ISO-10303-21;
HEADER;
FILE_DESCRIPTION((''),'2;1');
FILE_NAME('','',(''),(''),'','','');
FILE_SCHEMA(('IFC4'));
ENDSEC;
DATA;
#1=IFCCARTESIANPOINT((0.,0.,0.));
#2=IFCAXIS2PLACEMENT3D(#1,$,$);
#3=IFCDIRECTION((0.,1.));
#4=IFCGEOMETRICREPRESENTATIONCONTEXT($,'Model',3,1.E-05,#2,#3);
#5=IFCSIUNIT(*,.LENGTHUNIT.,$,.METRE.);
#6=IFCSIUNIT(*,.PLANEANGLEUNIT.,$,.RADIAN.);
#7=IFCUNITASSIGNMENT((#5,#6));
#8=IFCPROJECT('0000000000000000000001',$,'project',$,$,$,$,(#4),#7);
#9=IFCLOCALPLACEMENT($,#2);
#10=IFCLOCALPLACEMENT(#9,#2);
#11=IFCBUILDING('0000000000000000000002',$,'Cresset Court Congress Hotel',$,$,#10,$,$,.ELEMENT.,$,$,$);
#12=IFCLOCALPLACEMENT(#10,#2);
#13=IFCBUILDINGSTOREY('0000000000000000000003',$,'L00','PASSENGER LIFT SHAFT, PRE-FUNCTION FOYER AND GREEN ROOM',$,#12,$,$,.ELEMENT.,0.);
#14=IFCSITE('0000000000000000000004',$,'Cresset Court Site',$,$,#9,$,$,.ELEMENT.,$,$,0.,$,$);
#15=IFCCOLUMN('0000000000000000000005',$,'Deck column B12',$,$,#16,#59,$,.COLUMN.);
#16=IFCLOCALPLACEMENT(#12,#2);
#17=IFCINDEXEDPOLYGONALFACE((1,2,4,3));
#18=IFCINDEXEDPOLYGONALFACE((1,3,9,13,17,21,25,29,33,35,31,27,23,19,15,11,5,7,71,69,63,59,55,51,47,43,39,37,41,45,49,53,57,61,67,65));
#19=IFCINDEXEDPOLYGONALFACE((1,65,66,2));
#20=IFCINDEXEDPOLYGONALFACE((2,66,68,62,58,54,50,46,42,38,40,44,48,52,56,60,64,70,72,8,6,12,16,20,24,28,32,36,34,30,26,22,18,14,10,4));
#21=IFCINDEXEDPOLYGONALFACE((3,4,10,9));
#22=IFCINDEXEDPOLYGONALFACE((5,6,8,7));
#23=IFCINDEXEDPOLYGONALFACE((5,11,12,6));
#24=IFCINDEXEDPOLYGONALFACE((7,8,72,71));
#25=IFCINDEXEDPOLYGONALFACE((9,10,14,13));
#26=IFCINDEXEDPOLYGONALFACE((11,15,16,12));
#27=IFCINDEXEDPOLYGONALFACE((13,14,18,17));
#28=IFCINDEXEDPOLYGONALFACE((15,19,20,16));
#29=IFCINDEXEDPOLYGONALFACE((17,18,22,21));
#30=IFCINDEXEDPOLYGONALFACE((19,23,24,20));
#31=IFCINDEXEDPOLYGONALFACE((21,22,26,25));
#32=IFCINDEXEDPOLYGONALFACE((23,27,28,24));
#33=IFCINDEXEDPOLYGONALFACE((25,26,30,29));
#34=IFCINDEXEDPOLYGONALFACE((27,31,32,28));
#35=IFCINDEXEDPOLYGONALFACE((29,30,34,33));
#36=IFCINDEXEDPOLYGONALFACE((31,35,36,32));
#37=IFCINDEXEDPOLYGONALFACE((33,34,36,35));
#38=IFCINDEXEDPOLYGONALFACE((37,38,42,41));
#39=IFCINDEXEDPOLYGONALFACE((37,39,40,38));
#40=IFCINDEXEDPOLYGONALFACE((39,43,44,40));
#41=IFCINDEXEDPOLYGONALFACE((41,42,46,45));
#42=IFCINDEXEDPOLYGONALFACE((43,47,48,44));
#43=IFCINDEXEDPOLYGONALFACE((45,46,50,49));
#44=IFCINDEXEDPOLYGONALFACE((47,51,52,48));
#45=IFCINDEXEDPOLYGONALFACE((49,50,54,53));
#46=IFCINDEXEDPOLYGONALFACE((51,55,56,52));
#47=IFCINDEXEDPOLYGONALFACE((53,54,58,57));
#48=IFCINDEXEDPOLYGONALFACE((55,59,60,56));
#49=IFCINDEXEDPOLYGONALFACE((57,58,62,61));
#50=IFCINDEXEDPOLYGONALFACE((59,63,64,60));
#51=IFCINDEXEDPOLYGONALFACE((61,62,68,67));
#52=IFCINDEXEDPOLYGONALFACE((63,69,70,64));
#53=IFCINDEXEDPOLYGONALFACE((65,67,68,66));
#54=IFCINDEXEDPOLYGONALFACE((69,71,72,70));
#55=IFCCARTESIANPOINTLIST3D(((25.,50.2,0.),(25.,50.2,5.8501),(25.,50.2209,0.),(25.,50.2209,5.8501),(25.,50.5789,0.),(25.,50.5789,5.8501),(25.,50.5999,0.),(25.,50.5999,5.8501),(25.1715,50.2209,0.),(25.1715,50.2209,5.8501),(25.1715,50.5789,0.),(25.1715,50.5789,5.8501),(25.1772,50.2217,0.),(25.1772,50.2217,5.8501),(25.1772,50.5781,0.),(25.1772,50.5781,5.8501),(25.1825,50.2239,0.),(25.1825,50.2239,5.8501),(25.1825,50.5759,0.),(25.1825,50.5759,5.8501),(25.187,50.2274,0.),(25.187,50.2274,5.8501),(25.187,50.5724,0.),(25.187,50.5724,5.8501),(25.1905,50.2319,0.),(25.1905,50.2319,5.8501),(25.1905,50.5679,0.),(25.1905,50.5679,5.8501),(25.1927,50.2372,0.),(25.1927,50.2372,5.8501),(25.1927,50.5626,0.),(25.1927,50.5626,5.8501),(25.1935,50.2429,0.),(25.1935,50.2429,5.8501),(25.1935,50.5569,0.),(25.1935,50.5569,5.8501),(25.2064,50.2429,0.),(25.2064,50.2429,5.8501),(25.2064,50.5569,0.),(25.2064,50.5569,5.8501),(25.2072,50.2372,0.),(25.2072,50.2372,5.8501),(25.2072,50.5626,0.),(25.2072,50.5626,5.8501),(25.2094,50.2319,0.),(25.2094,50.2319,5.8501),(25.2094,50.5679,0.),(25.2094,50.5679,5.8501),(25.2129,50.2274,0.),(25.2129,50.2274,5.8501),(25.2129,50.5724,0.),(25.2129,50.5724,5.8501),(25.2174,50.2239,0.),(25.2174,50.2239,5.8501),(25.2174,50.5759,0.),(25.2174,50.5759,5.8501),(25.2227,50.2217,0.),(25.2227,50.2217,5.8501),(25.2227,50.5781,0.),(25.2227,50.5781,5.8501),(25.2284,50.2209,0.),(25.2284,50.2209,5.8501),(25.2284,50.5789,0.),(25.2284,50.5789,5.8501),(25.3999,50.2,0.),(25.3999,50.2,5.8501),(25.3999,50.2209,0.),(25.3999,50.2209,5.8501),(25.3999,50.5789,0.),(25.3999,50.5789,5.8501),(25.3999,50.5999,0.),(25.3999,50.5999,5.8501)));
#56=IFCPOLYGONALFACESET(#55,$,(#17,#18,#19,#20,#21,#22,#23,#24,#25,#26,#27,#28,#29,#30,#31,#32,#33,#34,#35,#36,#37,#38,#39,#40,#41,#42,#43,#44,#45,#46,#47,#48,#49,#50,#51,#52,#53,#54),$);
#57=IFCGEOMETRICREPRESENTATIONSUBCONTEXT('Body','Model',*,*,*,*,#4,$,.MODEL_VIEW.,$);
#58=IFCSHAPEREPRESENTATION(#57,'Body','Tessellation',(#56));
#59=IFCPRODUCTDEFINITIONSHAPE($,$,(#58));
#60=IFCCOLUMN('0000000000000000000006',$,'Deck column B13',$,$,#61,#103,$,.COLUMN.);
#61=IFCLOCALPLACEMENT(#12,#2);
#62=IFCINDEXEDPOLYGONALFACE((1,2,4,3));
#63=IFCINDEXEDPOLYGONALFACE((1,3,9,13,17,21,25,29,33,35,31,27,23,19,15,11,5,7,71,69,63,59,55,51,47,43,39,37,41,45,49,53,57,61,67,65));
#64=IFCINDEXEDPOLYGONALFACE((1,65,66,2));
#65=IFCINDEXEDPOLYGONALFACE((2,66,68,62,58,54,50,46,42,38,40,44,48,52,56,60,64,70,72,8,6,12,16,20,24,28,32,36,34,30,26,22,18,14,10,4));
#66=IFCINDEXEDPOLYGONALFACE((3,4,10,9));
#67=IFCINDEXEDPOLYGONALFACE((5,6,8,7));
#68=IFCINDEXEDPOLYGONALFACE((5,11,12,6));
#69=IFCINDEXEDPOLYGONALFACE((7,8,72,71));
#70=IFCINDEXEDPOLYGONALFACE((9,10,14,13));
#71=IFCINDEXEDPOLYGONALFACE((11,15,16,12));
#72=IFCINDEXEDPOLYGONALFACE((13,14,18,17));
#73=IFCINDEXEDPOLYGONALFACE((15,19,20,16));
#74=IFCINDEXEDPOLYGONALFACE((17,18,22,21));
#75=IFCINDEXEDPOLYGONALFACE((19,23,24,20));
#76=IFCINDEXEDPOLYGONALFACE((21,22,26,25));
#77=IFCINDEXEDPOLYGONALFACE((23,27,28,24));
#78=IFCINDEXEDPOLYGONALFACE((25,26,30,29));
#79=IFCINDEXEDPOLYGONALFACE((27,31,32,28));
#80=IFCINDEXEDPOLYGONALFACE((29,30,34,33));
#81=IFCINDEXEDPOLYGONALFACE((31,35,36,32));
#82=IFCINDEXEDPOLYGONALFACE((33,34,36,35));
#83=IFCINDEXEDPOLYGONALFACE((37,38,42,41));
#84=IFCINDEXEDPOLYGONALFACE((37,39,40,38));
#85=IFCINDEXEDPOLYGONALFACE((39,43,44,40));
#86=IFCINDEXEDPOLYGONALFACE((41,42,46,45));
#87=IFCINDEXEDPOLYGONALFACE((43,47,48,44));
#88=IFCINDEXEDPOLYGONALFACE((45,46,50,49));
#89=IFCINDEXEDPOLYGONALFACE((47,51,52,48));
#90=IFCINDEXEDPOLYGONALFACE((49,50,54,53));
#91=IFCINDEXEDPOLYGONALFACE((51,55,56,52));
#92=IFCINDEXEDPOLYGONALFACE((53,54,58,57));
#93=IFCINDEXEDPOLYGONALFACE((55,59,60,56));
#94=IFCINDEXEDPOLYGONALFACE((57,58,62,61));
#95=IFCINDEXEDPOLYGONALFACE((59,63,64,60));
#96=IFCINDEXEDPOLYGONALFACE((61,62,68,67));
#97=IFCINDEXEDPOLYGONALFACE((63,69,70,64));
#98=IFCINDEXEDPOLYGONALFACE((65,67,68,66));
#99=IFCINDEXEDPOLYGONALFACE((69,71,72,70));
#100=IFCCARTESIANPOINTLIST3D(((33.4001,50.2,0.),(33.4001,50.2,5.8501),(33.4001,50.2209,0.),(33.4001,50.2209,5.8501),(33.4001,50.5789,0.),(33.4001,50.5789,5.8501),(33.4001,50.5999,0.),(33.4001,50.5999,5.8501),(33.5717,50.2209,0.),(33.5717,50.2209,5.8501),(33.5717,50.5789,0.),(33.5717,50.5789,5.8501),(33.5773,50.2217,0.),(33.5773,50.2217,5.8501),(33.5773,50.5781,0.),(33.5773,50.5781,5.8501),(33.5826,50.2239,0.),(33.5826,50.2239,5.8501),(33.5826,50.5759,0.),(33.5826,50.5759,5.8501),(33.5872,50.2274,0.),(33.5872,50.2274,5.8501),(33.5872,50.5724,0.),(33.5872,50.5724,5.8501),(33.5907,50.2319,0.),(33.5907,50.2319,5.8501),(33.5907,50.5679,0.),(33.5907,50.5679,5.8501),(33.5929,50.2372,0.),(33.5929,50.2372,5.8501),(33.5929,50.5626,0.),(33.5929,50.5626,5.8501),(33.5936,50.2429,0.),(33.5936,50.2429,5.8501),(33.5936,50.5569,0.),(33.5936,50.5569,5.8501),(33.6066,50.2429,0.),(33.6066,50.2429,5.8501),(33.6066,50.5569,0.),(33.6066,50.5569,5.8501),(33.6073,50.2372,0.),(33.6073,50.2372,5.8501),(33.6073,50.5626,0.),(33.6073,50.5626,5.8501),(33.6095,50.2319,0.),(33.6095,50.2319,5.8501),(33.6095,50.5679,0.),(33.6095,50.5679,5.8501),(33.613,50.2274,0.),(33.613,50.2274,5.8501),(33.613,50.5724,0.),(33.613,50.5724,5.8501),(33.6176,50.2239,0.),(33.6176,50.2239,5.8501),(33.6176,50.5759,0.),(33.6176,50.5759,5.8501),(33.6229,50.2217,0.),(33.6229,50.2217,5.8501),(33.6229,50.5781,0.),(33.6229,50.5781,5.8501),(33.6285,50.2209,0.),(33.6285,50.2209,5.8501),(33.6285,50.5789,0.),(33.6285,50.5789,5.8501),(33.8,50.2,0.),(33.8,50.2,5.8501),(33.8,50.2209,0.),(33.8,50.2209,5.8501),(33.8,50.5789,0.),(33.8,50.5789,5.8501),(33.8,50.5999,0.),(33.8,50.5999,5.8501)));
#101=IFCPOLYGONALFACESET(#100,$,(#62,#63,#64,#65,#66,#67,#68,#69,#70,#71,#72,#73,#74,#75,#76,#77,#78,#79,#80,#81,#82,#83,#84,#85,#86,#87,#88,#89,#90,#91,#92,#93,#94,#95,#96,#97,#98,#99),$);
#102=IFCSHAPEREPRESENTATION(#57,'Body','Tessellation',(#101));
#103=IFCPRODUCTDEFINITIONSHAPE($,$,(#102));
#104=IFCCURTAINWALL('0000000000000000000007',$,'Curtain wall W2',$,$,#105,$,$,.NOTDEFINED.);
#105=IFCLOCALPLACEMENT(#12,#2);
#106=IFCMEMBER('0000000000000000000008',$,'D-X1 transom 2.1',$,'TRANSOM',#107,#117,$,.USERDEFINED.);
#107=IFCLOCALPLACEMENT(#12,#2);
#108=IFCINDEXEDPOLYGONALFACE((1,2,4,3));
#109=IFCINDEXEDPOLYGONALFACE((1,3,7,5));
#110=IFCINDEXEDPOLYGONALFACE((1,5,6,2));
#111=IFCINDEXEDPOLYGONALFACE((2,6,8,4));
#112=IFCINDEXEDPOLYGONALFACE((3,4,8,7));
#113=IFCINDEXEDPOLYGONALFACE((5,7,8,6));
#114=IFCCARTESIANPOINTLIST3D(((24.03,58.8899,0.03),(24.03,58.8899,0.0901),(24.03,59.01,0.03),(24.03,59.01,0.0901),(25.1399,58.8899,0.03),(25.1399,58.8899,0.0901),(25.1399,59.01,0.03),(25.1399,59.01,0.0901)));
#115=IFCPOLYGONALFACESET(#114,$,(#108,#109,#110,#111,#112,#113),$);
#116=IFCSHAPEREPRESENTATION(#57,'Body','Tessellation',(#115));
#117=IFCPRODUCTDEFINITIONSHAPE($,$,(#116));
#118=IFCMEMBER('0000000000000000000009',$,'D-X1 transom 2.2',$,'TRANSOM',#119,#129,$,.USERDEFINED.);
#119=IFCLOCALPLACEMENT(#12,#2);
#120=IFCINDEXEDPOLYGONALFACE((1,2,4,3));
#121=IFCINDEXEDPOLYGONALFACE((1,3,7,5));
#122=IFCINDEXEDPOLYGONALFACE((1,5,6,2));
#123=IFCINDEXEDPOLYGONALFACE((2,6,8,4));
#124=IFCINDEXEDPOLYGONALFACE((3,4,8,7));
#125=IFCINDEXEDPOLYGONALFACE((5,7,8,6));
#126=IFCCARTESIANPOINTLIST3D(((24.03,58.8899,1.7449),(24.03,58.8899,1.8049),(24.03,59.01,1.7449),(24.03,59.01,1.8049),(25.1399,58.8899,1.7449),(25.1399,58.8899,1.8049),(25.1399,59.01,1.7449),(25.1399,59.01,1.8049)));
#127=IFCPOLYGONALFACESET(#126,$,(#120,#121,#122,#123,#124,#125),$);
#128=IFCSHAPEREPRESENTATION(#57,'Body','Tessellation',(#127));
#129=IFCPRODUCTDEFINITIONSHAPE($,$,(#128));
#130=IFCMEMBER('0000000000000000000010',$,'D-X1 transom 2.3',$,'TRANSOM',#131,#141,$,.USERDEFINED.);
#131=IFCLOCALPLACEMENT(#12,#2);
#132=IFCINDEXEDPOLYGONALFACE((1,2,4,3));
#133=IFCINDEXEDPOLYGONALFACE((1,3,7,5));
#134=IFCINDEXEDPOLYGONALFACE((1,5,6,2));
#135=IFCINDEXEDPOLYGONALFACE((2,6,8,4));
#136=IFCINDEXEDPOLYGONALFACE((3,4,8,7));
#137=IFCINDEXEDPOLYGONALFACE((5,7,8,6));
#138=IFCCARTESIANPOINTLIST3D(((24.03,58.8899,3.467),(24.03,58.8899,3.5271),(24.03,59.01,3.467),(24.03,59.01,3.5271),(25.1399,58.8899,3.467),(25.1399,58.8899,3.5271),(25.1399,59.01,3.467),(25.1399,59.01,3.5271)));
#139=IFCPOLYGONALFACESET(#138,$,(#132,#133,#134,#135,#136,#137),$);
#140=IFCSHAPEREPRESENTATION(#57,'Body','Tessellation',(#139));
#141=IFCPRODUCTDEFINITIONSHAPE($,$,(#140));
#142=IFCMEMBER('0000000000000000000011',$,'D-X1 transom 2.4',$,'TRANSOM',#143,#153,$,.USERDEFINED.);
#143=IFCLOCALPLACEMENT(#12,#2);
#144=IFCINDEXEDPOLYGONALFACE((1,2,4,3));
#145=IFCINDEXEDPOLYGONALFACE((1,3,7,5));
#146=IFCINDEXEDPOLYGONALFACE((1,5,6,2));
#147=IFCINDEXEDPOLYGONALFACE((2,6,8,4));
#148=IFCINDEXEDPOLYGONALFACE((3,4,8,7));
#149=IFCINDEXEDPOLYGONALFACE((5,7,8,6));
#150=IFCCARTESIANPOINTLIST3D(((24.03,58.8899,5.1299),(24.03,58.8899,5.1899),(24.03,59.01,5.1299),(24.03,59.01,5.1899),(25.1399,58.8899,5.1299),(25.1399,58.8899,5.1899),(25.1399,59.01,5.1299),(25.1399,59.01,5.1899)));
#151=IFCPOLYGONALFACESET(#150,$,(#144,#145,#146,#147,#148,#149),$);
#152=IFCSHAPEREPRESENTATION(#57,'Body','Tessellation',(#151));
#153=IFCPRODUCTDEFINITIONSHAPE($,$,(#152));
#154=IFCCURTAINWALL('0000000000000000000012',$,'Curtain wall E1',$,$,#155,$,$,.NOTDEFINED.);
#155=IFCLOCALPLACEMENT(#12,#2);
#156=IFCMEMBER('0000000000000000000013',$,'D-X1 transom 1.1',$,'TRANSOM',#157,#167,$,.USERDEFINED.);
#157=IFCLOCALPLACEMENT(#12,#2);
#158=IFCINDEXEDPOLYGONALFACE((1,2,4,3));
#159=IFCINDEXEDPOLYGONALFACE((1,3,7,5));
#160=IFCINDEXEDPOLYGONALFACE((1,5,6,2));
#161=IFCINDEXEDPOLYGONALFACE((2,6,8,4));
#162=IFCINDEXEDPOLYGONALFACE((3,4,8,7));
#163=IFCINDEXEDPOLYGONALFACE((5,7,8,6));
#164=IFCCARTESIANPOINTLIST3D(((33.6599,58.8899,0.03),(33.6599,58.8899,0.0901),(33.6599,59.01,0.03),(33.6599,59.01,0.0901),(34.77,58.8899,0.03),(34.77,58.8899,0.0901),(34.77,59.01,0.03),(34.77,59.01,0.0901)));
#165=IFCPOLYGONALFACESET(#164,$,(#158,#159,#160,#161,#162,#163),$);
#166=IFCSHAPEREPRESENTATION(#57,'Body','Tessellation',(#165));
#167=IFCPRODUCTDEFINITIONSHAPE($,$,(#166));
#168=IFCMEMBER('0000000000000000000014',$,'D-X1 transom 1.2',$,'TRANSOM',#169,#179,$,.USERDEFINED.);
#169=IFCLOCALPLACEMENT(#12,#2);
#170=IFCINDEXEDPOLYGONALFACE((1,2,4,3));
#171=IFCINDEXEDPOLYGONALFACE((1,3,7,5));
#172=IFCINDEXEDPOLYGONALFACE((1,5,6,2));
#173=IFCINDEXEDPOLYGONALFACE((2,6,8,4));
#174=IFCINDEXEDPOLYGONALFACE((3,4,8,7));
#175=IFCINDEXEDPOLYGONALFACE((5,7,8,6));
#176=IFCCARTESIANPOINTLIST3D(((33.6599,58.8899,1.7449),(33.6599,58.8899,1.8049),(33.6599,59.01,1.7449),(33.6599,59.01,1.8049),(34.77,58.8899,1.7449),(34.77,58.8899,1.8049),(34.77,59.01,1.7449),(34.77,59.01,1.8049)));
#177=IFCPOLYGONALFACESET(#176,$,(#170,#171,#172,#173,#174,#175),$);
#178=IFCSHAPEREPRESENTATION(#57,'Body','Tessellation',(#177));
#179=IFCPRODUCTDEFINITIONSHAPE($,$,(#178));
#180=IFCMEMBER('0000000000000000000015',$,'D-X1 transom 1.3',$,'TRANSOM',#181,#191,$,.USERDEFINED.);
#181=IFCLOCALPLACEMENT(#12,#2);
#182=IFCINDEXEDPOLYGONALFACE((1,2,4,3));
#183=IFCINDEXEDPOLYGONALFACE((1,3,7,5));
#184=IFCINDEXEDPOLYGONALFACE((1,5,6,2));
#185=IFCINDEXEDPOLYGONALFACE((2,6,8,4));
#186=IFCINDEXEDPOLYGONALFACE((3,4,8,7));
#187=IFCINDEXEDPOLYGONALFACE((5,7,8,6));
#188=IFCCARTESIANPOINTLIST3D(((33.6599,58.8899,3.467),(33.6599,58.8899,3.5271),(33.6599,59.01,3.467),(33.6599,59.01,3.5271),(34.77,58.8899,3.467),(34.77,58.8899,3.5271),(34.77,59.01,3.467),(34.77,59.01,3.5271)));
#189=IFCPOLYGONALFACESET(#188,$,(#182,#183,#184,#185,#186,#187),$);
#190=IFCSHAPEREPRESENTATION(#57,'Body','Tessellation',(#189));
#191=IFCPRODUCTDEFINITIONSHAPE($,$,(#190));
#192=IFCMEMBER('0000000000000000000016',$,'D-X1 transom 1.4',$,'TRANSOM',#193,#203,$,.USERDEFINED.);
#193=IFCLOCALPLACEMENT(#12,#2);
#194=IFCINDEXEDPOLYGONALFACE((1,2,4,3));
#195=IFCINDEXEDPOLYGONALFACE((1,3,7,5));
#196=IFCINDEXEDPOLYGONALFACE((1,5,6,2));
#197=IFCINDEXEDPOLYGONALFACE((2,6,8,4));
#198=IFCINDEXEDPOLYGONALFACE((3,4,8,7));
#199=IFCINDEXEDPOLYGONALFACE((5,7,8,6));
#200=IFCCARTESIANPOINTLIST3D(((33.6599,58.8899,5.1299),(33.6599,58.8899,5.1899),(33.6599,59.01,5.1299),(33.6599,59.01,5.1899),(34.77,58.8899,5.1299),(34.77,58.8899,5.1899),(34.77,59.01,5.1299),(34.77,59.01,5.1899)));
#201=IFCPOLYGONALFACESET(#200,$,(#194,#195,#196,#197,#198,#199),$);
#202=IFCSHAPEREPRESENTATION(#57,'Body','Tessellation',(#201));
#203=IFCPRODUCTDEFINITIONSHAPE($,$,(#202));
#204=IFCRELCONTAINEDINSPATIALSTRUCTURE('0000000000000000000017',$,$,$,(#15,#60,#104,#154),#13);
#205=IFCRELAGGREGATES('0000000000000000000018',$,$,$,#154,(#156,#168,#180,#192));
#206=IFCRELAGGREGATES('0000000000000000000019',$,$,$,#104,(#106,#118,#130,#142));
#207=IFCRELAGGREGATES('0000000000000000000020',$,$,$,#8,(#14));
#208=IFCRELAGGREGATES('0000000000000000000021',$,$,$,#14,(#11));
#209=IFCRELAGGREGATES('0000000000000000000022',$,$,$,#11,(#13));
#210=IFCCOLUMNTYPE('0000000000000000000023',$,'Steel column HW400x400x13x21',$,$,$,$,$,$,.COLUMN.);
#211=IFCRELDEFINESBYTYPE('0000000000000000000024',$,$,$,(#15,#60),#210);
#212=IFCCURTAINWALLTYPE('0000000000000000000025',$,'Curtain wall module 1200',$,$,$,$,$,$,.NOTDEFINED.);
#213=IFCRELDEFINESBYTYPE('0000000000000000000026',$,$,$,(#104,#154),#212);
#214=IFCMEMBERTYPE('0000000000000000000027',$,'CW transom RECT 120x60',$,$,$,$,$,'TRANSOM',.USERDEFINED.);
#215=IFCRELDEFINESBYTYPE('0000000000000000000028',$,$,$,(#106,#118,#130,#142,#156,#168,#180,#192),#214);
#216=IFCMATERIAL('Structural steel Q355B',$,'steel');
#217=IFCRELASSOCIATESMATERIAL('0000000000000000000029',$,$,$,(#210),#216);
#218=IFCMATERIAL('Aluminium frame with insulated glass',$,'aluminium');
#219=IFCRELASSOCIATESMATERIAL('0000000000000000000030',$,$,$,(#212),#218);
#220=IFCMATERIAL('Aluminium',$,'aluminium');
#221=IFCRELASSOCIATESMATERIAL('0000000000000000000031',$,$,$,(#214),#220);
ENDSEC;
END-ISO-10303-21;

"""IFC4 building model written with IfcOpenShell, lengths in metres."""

from ifc_helpers import new_model, si_unit, direction, frame, origin, origin_2d, place, context, subcontext, project, spatial, rectangle, i_section, extrude, material, material_profile, profile_set, type_object, element, aggregate, save


model = new_model("IFC4")

# Units and contexts
model_context = context("Model", 3, precision=1e-05, world=origin(), true_north=direction((0.0, 1.0)))
body_context = subcontext(model_context, "Body", "Model", "MODEL_VIEW")
ifc_project = project(units=[si_unit("LENGTHUNIT", "METRE"), si_unit("PLANEANGLEUNIT", "RADIAN")], contexts=[model_context])

# Site, building, storey
site_placement = place(None, origin())
site = spatial("IfcSite", under=ifc_project, at=site_placement, Name="Cresset Court Site", CompositionType="ELEMENT", RefElevation=0.0)
building_placement = place(site_placement, origin())
building = spatial("IfcBuilding", under=site, at=building_placement, Name="Cresset Court Congress Hotel", CompositionType="ELEMENT")
storey_placement = place(building_placement, origin())
storey = spatial("IfcBuildingStorey", under=building, at=storey_placement, Name="L00", Description="PASSENGER LIFT SHAFT, PRE-FUNCTION FOYER AND GREEN ROOM", CompositionType="ELEMENT", Elevation=0.0)

# Columns
ifc_material_1 = material(Name="Structural steel Q355B", Category="steel")
ifc_material_profile_1 = material_profile(ifc_material_1, i_section(OverallWidth=0.3999, OverallDepth=0.3999, WebThickness=0.0129, FlangeThickness=0.021, FilletRadius=0.022, at=origin_2d()), Name="HW400x400x13x21")
ifc_profile_set_1 = profile_set([ifc_material_profile_1], Name="Structural steel Q355B")
column_type_1 = type_object("IfcColumnType", Name="Steel column HW400x400x13x21", PredefinedType="COLUMN", material=ifc_profile_set_1)
for number, where, z_axis, x_axis, name in (
    (1, (25.2, 50.3999, 0.0), (0.0, 0.0, 1.0), (1.0, 0.0, 0.0), "Deck column B12"),
    (2, (33.6001, 50.3999, 0.0), (0.0, 0.0, 1.0), (1.0, 0.0, 0.0), "Deck column B13"),
):
    element("IfcColumn", number, at=place(storey_placement, frame(where, z_axis=z_axis, x_axis=x_axis)), inside=storey, type_object=column_type_1, Name=name, PredefinedType="COLUMN", context=body_context, shape_type="SweptSolid", body=[
        extrude(i_section(OverallWidth=0.3999, OverallDepth=0.3999, WebThickness=0.0129, FlangeThickness=0.021, FilletRadius=0.022, at=origin_2d()), origin(), (0.0, 0.0, 1.0), 5.8501),
    ])

# Curtain walls, members
ifc_material_2 = material(Name="Aluminium frame with insulated glass", Category="aluminium")
curtain_wall_type = type_object("IfcCurtainWallType", Name="Curtain wall module 1200", PredefinedType="NOTDEFINED", material=ifc_material_2)
curtain_wall_1_placement = place(storey_placement, origin())
curtain_wall_1 = element("IfcCurtainWall", 3, at=curtain_wall_1_placement, inside=storey, type_object=curtain_wall_type, Name="Curtain wall W2", PredefinedType="NOTDEFINED")
ifc_material_3 = material(Name="Aluminium", Category="aluminium")
ifc_material_profile_2 = material_profile(ifc_material_3, rectangle(XDim=0.1201, YDim=0.0601, at=origin_2d()), Name="AL 120x60")
ifc_profile_set_2 = profile_set([ifc_material_profile_2], Name="Aluminium")
member_type_1 = type_object("IfcMemberType", Name="CW transom RECT 120x60", ElementType="TRANSOM", PredefinedType="USERDEFINED", material=ifc_profile_set_2)
member_1_placement = place(storey_placement, frame((24.03, 58.95, 0.0601), z_axis=(1.0, 0.0, 0.0), x_axis=(0.0, 1.0, 0.0)))
member_1 = element("IfcMember", 4, at=member_1_placement, type_object=member_type_1, Name="D-X1 transom 2.1", ObjectType="TRANSOM", PredefinedType="USERDEFINED", context=body_context, shape_type="SweptSolid", body=[
    extrude(rectangle(XDim=0.1201, YDim=0.0601, at=origin_2d()), origin(), (0.0, 0.0, 1.0), 1.1099),
])
member_2_placement = place(storey_placement, frame((24.03, 58.95, 1.7749), z_axis=(1.0, 0.0, 0.0), x_axis=(0.0, 1.0, 0.0)))
member_2 = element("IfcMember", 5, at=member_2_placement, type_object=member_type_1, Name="D-X1 transom 2.2", ObjectType="TRANSOM", PredefinedType="USERDEFINED", context=body_context, shape_type="SweptSolid", body=[
    extrude(rectangle(XDim=0.1201, YDim=0.0601, at=origin_2d()), origin(), (0.0, 0.0, 1.0), 1.1099),
])
member_3_placement = place(storey_placement, frame((24.03, 58.95, 3.4971), z_axis=(1.0, 0.0, 0.0), x_axis=(0.0, 1.0, 0.0)))
member_3 = element("IfcMember", 6, at=member_3_placement, type_object=member_type_1, Name="D-X1 transom 2.3", ObjectType="TRANSOM", PredefinedType="USERDEFINED", context=body_context, shape_type="SweptSolid", body=[
    extrude(rectangle(XDim=0.1201, YDim=0.0601, at=origin_2d()), origin(), (0.0, 0.0, 1.0), 1.1099),
])
member_4_placement = place(storey_placement, frame((24.03, 58.95, 5.1599), z_axis=(1.0, 0.0, 0.0), x_axis=(0.0, 1.0, 0.0)))
member_4 = element("IfcMember", 7, at=member_4_placement, type_object=member_type_1, Name="D-X1 transom 2.4", ObjectType="TRANSOM", PredefinedType="USERDEFINED", context=body_context, shape_type="SweptSolid", body=[
    extrude(rectangle(XDim=0.1201, YDim=0.0601, at=origin_2d()), origin(), (0.0, 0.0, 1.0), 1.1099),
])
curtain_wall_2_placement = place(storey_placement, origin())
curtain_wall_2 = element("IfcCurtainWall", 8, at=curtain_wall_2_placement, inside=storey, type_object=curtain_wall_type, Name="Curtain wall E1", PredefinedType="NOTDEFINED")
member_5_placement = place(storey_placement, frame((33.6599, 58.95, 0.0601), z_axis=(1.0, 0.0, 0.0), x_axis=(0.0, 1.0, 0.0)))
member_5 = element("IfcMember", 9, at=member_5_placement, type_object=member_type_1, Name="D-X1 transom 1.1", ObjectType="TRANSOM", PredefinedType="USERDEFINED", context=body_context, shape_type="SweptSolid", body=[
    extrude(rectangle(XDim=0.1201, YDim=0.0601, at=origin_2d()), origin(), (0.0, 0.0, 1.0), 1.1101),
])
member_6_placement = place(storey_placement, frame((33.6599, 58.95, 1.7749), z_axis=(1.0, 0.0, 0.0), x_axis=(0.0, 1.0, 0.0)))
member_6 = element("IfcMember", 10, at=member_6_placement, type_object=member_type_1, Name="D-X1 transom 1.2", ObjectType="TRANSOM", PredefinedType="USERDEFINED", context=body_context, shape_type="SweptSolid", body=[
    extrude(rectangle(XDim=0.1201, YDim=0.0601, at=origin_2d()), origin(), (0.0, 0.0, 1.0), 1.1101),
])
member_7_placement = place(storey_placement, frame((33.6599, 58.95, 3.4971), z_axis=(1.0, 0.0, 0.0), x_axis=(0.0, 1.0, 0.0)))
member_7 = element("IfcMember", 11, at=member_7_placement, type_object=member_type_1, Name="D-X1 transom 1.3", ObjectType="TRANSOM", PredefinedType="USERDEFINED", context=body_context, shape_type="SweptSolid", body=[
    extrude(rectangle(XDim=0.1201, YDim=0.0601, at=origin_2d()), origin(), (0.0, 0.0, 1.0), 1.1101),
])
member_8_placement = place(storey_placement, frame((33.6599, 58.95, 5.1599), z_axis=(1.0, 0.0, 0.0), x_axis=(0.0, 1.0, 0.0)))
member_8 = element("IfcMember", 12, at=member_8_placement, type_object=member_type_1, Name="D-X1 transom 1.4", ObjectType="TRANSOM", PredefinedType="USERDEFINED", context=body_context, shape_type="SweptSolid", body=[
    extrude(rectangle(XDim=0.1201, YDim=0.0601, at=origin_2d()), origin(), (0.0, 0.0, 1.0), 1.1101),
])

aggregate(curtain_wall_2, [member_5, member_6, member_7, member_8])

aggregate(curtain_wall_1, [member_1, member_2, member_3, member_4])

save(model, "model.ifc")
